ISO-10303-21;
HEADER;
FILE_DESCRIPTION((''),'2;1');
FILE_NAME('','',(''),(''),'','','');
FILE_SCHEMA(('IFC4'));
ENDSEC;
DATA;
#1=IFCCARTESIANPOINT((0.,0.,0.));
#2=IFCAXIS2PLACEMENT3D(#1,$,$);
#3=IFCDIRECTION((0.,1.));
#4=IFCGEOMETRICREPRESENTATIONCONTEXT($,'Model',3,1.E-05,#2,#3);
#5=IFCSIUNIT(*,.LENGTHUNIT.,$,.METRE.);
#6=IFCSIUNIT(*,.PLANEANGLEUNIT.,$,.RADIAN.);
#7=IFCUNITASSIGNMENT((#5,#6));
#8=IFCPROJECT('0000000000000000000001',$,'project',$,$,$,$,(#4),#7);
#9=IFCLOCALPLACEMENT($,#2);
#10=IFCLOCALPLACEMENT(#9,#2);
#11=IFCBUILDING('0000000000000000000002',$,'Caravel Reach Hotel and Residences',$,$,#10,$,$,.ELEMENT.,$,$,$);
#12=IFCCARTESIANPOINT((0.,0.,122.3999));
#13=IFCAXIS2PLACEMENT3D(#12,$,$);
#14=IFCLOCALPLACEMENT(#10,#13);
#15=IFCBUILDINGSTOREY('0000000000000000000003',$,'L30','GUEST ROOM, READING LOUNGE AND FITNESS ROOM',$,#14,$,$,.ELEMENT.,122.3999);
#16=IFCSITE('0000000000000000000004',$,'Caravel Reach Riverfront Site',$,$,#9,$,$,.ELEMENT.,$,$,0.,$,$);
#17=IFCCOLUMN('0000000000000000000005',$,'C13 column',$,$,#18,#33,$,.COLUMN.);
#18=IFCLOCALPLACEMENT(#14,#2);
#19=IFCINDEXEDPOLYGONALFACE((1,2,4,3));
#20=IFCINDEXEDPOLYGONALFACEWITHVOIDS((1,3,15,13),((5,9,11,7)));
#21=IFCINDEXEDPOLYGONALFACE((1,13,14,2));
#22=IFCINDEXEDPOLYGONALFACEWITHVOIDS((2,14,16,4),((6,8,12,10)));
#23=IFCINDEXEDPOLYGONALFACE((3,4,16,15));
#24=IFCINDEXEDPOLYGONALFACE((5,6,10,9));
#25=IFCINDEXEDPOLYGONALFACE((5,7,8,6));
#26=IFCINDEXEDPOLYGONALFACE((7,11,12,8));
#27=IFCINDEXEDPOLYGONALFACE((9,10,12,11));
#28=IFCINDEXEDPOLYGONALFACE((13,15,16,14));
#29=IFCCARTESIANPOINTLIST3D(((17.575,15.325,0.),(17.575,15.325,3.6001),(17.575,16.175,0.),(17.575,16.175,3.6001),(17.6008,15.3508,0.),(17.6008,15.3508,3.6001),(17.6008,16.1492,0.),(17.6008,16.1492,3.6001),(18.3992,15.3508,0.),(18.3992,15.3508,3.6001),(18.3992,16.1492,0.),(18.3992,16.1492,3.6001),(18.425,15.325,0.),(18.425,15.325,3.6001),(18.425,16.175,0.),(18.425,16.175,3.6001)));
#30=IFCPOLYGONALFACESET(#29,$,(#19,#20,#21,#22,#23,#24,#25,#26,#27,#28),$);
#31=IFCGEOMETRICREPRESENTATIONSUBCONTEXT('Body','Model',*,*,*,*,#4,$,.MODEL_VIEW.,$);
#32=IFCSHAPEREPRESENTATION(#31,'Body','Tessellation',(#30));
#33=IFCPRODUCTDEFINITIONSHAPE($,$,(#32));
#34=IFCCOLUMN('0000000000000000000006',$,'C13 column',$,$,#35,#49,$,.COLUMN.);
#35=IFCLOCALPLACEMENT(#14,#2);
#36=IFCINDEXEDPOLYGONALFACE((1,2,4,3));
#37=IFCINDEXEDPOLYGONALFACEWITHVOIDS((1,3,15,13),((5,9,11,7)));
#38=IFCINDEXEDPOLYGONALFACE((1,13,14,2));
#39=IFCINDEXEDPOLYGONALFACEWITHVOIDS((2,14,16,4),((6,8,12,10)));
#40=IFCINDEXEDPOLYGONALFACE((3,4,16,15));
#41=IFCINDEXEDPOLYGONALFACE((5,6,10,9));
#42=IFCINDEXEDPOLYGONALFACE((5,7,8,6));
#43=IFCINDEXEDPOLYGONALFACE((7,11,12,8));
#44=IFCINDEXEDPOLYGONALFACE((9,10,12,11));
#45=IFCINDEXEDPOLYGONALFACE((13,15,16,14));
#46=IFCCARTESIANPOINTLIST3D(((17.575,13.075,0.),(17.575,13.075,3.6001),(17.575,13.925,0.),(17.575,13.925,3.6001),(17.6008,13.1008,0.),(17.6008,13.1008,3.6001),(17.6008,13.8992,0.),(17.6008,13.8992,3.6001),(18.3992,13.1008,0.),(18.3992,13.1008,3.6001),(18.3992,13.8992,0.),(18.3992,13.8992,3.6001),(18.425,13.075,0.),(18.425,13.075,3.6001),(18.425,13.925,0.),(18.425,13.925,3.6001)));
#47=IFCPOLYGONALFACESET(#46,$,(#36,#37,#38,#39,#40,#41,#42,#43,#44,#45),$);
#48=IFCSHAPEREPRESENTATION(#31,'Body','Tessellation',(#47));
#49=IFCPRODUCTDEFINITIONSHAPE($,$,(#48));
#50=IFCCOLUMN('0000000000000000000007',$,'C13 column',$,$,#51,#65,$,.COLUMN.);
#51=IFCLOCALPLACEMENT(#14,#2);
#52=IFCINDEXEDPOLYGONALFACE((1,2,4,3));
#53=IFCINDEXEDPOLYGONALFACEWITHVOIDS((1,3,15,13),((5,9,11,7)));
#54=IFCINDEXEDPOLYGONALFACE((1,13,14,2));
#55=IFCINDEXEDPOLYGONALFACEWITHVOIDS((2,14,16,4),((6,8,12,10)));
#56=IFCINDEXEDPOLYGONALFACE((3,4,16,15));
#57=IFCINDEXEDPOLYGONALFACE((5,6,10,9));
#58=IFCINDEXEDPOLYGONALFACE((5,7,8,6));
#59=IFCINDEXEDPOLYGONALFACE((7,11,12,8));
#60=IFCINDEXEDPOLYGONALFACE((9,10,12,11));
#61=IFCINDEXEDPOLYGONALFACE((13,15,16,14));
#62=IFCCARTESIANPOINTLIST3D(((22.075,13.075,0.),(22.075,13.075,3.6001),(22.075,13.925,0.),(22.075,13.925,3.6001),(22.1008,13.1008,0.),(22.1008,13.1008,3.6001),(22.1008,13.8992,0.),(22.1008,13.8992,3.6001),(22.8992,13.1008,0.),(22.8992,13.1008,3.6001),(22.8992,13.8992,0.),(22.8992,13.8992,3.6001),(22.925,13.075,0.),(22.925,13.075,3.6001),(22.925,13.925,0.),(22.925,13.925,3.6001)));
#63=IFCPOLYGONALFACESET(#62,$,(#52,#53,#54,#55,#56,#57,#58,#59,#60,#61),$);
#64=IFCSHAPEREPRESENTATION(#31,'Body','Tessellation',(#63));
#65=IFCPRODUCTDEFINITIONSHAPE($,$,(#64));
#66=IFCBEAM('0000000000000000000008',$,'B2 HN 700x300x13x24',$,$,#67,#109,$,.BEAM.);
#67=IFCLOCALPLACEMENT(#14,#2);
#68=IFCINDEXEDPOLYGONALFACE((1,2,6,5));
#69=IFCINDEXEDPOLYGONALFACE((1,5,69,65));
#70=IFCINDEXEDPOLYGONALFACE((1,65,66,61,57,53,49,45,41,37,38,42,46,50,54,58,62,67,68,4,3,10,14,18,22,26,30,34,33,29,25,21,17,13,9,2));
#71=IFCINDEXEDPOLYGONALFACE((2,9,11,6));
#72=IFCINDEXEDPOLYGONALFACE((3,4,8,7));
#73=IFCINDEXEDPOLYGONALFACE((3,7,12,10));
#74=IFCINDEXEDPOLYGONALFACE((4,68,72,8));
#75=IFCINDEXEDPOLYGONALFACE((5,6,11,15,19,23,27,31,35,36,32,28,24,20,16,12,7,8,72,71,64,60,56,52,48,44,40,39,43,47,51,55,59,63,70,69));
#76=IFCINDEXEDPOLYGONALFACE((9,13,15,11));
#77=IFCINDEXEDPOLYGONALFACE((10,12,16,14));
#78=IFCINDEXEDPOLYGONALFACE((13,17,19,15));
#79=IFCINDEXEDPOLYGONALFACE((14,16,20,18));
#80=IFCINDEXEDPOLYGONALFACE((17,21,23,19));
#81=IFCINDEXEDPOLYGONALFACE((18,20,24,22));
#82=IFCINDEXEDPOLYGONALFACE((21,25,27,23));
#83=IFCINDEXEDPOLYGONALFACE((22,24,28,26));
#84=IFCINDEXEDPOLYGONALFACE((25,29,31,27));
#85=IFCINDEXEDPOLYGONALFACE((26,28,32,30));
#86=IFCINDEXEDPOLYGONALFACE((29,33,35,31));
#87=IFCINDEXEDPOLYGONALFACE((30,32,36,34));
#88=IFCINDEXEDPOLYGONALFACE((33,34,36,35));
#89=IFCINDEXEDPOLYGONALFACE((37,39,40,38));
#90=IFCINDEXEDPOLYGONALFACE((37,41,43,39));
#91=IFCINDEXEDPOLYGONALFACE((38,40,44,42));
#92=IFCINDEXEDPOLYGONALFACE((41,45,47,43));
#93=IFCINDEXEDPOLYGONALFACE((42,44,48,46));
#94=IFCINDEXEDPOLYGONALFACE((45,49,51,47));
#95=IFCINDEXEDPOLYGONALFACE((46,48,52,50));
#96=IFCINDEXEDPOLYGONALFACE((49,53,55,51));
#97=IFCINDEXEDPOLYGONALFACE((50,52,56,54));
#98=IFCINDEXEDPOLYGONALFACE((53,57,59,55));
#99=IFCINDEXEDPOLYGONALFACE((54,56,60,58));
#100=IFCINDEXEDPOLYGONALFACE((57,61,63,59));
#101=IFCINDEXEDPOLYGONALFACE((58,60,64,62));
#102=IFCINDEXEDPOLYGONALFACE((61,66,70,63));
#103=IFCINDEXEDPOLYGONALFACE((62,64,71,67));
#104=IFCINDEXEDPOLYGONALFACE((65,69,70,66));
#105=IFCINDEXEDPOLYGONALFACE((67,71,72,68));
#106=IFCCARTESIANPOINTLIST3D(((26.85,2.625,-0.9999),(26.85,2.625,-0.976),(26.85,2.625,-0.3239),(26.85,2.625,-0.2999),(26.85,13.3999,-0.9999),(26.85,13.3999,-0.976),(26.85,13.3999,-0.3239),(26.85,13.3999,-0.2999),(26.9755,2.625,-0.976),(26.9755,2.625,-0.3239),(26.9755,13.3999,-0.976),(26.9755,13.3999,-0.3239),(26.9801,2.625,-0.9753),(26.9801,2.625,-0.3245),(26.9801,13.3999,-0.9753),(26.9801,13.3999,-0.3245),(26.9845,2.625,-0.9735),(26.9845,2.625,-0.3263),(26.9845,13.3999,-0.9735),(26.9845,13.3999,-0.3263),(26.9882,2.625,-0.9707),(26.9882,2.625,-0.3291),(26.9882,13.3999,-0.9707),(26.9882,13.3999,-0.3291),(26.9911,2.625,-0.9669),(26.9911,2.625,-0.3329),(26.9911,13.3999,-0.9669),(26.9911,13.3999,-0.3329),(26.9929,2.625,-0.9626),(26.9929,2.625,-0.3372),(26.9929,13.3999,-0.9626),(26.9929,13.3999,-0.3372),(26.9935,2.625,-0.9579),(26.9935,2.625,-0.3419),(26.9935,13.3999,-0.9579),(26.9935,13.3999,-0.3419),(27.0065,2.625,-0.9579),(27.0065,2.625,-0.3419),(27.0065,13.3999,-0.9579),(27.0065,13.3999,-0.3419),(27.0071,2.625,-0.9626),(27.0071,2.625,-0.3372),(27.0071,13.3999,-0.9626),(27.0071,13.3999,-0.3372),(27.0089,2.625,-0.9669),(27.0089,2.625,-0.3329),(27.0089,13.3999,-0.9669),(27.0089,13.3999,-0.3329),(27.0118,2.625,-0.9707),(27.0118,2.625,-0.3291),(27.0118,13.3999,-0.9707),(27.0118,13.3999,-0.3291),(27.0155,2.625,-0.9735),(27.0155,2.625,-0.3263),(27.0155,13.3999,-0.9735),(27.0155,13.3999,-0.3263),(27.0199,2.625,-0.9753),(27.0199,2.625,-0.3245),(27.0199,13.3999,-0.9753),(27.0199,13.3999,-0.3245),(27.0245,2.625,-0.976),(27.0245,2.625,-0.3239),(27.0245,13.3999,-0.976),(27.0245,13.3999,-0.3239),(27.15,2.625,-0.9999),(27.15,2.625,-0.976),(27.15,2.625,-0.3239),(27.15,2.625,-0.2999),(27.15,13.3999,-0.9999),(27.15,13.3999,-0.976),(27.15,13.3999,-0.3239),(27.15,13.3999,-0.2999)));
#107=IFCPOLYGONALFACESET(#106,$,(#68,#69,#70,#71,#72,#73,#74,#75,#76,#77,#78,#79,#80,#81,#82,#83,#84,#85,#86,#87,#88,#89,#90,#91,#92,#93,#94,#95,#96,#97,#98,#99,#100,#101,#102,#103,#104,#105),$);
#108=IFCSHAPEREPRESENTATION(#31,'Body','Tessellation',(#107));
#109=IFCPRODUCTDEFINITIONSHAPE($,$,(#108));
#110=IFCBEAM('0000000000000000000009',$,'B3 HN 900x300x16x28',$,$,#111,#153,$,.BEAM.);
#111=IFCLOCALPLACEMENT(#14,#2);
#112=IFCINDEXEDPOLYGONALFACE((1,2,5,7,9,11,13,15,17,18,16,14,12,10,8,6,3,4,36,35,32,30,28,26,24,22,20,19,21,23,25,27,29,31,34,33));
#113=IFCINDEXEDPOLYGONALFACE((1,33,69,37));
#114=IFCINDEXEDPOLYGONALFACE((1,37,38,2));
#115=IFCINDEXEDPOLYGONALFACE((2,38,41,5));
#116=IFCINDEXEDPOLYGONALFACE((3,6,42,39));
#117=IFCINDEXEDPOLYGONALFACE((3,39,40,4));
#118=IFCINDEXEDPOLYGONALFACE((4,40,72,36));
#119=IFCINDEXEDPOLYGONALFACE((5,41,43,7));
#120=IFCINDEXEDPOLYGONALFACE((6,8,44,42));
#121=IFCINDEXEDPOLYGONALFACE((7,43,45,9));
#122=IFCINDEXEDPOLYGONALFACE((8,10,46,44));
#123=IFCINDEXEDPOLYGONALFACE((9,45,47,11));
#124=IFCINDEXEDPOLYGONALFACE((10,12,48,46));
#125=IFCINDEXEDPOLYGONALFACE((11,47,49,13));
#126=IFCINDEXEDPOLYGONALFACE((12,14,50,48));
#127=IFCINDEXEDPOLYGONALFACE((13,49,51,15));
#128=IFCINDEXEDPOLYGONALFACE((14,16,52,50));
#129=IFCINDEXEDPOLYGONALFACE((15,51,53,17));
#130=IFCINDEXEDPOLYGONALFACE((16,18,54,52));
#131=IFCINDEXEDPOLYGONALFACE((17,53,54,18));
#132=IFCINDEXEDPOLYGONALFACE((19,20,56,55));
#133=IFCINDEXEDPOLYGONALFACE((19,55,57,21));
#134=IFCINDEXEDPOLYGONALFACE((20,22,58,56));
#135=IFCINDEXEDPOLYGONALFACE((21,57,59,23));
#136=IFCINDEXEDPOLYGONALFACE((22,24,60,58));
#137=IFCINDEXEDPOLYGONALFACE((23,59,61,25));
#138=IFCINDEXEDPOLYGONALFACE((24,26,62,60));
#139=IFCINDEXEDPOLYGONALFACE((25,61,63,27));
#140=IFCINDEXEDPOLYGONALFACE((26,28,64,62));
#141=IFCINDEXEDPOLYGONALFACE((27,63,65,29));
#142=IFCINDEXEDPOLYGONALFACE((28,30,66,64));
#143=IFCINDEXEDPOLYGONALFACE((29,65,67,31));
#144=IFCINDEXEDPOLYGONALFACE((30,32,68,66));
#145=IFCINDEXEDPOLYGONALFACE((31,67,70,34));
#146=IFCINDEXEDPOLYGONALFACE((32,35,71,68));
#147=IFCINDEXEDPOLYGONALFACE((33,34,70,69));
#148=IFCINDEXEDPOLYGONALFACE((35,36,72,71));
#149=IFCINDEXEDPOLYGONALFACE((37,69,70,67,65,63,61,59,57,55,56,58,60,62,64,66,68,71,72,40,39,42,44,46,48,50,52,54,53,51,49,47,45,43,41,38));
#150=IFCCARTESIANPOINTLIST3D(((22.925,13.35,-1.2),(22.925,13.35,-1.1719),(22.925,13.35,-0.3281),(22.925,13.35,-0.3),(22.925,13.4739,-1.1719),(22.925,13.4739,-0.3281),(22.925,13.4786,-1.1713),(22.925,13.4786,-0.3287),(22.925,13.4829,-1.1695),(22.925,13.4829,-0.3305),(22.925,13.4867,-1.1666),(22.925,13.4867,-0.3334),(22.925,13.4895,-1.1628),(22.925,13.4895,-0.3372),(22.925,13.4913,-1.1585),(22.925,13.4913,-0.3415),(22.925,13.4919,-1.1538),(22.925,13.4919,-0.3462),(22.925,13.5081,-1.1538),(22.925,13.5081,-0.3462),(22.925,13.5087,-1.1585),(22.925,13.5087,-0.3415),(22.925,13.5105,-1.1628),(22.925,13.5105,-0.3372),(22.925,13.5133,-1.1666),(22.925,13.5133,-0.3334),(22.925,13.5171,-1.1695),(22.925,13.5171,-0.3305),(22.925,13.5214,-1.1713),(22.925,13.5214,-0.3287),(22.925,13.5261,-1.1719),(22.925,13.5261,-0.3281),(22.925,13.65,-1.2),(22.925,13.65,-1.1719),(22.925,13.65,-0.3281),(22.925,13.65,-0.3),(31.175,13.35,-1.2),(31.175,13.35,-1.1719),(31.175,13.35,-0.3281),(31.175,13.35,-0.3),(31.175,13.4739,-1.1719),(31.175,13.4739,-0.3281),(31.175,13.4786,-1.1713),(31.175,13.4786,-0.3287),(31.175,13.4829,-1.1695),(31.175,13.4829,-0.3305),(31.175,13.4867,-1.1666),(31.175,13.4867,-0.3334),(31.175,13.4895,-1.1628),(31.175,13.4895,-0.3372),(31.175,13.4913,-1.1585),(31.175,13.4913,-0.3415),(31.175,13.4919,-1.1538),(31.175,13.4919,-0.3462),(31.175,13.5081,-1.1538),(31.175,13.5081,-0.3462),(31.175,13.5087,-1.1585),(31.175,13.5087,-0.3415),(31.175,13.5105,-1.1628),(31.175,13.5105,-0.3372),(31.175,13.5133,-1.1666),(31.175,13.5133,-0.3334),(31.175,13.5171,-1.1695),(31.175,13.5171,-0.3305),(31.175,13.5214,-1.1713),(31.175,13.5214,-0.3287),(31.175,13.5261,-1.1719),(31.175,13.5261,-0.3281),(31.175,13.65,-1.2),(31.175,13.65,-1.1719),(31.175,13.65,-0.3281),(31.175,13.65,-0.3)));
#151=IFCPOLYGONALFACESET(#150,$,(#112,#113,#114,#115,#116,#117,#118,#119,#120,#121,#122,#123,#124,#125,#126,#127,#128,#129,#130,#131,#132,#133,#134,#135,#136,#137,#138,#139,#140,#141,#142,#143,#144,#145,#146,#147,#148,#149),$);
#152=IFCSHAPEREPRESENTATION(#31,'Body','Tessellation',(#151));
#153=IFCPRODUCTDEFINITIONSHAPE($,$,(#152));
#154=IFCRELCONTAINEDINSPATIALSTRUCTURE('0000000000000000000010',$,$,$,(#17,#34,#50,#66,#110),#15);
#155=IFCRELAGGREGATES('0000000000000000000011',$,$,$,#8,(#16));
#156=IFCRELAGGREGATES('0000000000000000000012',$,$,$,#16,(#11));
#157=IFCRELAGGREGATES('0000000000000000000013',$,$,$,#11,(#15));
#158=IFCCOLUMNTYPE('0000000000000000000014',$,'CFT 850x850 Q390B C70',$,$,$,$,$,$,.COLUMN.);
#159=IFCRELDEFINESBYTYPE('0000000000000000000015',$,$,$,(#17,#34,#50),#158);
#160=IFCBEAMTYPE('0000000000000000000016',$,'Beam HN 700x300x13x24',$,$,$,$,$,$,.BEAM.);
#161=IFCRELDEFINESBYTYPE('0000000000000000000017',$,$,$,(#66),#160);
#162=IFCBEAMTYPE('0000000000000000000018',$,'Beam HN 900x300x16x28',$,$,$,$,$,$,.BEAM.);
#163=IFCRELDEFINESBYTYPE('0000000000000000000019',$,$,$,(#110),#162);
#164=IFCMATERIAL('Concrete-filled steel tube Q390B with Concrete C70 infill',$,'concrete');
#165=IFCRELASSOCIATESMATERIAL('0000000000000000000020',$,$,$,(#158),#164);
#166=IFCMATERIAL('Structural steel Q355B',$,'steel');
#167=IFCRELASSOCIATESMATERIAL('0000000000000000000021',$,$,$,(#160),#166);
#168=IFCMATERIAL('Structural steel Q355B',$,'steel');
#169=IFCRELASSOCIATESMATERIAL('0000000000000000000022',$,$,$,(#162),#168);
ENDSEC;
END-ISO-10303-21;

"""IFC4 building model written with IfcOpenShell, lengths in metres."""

from ifc_helpers import new_model, si_unit, direction, frame, origin, origin_2d, place, context, subcontext, project, spatial, hollow_rectangle, i_section, extrude, material, material_profile, profile_set, type_object, element, save


model = new_model("IFC4")

# Units and contexts
model_context = context("Model", 3, precision=1e-05, world=origin(), true_north=direction((0.0, 1.0)))
body_context = subcontext(model_context, "Body", "Model", "MODEL_VIEW")
ifc_project = project(units=[si_unit("LENGTHUNIT", "METRE"), si_unit("PLANEANGLEUNIT", "RADIAN")], contexts=[model_context])

# Site, building, storey
site_placement = place(None, origin())
site = spatial("IfcSite", under=ifc_project, at=site_placement, Name="Caravel Reach Riverfront Site", CompositionType="ELEMENT", RefElevation=0.0)
building_placement = place(site_placement, origin())
building = spatial("IfcBuilding", under=site, at=building_placement, Name="Caravel Reach Hotel and Residences", CompositionType="ELEMENT")
storey_placement = place(building_placement, frame((0.0, 0.0, 122.3999)))
storey = spatial("IfcBuildingStorey", under=building, at=storey_placement, Name="L30", Description="GUEST ROOM, READING LOUNGE AND FITNESS ROOM", CompositionType="ELEMENT", Elevation=122.3999)

# Columns
ifc_material_1 = material(Name="Concrete-filled steel tube Q390B with Concrete C70 infill", Category="concrete")
ifc_material_profile_1 = material_profile(ifc_material_1, hollow_rectangle(XDim=0.8501, YDim=0.8501, WallThickness=0.0259, at=origin_2d()), Name="RHS 850x850x26")
ifc_profile_set_1 = profile_set([ifc_material_profile_1], Name="Concrete-filled steel tube Q390B with Concrete C70 infill")
column_type = type_object("IfcColumnType", Name="CFT 850x850 Q390B C70", PredefinedType="COLUMN", material=ifc_profile_set_1)
for number, where, z_axis, x_axis, name in (
    (1, (18.0, 15.75, 0.0), (0.0, 0.0, 1.0), (1.0, 0.0, 0.0), "C13 column"),
    (2, (18.0, 13.5, 0.0), (0.0, 0.0, 1.0), (1.0, 0.0, 0.0), "C13 column"),
    (3, (22.5, 13.5, 0.0), (0.0, 0.0, 1.0), (1.0, 0.0, 0.0), "C13 column"),
):
    element("IfcColumn", number, at=place(storey_placement, frame(where, z_axis=z_axis, x_axis=x_axis)), inside=storey, type_object=column_type, Name=name, PredefinedType="COLUMN", context=body_context, shape_type="SweptSolid", body=[
        extrude(hollow_rectangle(XDim=0.8501, YDim=0.8501, WallThickness=0.0259, at=origin_2d()), origin(), (0.0, 0.0, 1.0), 3.6001),
    ])

# Beams
ifc_material_2 = material(Name="Structural steel Q355B", Category="steel")
ifc_material_profile_2 = material_profile(ifc_material_2, i_section(OverallWidth=0.3, OverallDepth=0.7, WebThickness=0.0129, FlangeThickness=0.0239, FilletRadius=0.0181, at=origin_2d()), Name="HN 700x300x13x24")
ifc_profile_set_2 = profile_set([ifc_material_profile_2], Name="Structural steel Q355B")
beam_type_1 = type_object("IfcBeamType", Name="Beam HN 700x300x13x24", PredefinedType="BEAM", material=ifc_profile_set_2)
beam_1_placement = place(storey_placement, frame((27.0, 13.3999, -0.6499), z_axis=(0.0, -1.0, 0.0), x_axis=(1.0, 0.0, 0.0)))
element("IfcBeam", 4, at=beam_1_placement, inside=storey, type_object=beam_type_1, Name="B2 HN 700x300x13x24", PredefinedType="BEAM", context=body_context, shape_type="SweptSolid", body=[
    extrude(i_section(OverallWidth=0.3, OverallDepth=0.7, WebThickness=0.0129, FlangeThickness=0.0239, FilletRadius=0.0181, at=origin_2d()), origin(), (0.0, 0.0, 1.0), 10.7749),
])
ifc_material_3 = material(Name="Structural steel Q355B", Category="steel")
ifc_material_profile_3 = material_profile(ifc_material_3, i_section(OverallWidth=0.3, OverallDepth=0.8999, WebThickness=0.0161, FlangeThickness=0.0281, FilletRadius=0.0181, at=origin_2d()), Name="HN 900x300x16x28")
ifc_profile_set_3 = profile_set([ifc_material_profile_3], Name="Structural steel Q355B")
beam_type_2 = type_object("IfcBeamType", Name="Beam HN 900x300x16x28", PredefinedType="BEAM", material=ifc_profile_set_3)
beam_2_placement = place(storey_placement, frame((22.925, 13.5, -0.75), z_axis=(1.0, 0.0, 0.0), x_axis=(0.0, 1.0, 0.0)))
element("IfcBeam", 5, at=beam_2_placement, inside=storey, type_object=beam_type_2, Name="B3 HN 900x300x16x28", PredefinedType="BEAM", context=body_context, shape_type="SweptSolid", body=[
    extrude(i_section(OverallWidth=0.3, OverallDepth=0.8999, WebThickness=0.0161, FlangeThickness=0.0281, FilletRadius=0.0181, at=origin_2d()), origin(), (0.0, 0.0, 1.0), 8.25),
])

save(model, "model.ifc")
